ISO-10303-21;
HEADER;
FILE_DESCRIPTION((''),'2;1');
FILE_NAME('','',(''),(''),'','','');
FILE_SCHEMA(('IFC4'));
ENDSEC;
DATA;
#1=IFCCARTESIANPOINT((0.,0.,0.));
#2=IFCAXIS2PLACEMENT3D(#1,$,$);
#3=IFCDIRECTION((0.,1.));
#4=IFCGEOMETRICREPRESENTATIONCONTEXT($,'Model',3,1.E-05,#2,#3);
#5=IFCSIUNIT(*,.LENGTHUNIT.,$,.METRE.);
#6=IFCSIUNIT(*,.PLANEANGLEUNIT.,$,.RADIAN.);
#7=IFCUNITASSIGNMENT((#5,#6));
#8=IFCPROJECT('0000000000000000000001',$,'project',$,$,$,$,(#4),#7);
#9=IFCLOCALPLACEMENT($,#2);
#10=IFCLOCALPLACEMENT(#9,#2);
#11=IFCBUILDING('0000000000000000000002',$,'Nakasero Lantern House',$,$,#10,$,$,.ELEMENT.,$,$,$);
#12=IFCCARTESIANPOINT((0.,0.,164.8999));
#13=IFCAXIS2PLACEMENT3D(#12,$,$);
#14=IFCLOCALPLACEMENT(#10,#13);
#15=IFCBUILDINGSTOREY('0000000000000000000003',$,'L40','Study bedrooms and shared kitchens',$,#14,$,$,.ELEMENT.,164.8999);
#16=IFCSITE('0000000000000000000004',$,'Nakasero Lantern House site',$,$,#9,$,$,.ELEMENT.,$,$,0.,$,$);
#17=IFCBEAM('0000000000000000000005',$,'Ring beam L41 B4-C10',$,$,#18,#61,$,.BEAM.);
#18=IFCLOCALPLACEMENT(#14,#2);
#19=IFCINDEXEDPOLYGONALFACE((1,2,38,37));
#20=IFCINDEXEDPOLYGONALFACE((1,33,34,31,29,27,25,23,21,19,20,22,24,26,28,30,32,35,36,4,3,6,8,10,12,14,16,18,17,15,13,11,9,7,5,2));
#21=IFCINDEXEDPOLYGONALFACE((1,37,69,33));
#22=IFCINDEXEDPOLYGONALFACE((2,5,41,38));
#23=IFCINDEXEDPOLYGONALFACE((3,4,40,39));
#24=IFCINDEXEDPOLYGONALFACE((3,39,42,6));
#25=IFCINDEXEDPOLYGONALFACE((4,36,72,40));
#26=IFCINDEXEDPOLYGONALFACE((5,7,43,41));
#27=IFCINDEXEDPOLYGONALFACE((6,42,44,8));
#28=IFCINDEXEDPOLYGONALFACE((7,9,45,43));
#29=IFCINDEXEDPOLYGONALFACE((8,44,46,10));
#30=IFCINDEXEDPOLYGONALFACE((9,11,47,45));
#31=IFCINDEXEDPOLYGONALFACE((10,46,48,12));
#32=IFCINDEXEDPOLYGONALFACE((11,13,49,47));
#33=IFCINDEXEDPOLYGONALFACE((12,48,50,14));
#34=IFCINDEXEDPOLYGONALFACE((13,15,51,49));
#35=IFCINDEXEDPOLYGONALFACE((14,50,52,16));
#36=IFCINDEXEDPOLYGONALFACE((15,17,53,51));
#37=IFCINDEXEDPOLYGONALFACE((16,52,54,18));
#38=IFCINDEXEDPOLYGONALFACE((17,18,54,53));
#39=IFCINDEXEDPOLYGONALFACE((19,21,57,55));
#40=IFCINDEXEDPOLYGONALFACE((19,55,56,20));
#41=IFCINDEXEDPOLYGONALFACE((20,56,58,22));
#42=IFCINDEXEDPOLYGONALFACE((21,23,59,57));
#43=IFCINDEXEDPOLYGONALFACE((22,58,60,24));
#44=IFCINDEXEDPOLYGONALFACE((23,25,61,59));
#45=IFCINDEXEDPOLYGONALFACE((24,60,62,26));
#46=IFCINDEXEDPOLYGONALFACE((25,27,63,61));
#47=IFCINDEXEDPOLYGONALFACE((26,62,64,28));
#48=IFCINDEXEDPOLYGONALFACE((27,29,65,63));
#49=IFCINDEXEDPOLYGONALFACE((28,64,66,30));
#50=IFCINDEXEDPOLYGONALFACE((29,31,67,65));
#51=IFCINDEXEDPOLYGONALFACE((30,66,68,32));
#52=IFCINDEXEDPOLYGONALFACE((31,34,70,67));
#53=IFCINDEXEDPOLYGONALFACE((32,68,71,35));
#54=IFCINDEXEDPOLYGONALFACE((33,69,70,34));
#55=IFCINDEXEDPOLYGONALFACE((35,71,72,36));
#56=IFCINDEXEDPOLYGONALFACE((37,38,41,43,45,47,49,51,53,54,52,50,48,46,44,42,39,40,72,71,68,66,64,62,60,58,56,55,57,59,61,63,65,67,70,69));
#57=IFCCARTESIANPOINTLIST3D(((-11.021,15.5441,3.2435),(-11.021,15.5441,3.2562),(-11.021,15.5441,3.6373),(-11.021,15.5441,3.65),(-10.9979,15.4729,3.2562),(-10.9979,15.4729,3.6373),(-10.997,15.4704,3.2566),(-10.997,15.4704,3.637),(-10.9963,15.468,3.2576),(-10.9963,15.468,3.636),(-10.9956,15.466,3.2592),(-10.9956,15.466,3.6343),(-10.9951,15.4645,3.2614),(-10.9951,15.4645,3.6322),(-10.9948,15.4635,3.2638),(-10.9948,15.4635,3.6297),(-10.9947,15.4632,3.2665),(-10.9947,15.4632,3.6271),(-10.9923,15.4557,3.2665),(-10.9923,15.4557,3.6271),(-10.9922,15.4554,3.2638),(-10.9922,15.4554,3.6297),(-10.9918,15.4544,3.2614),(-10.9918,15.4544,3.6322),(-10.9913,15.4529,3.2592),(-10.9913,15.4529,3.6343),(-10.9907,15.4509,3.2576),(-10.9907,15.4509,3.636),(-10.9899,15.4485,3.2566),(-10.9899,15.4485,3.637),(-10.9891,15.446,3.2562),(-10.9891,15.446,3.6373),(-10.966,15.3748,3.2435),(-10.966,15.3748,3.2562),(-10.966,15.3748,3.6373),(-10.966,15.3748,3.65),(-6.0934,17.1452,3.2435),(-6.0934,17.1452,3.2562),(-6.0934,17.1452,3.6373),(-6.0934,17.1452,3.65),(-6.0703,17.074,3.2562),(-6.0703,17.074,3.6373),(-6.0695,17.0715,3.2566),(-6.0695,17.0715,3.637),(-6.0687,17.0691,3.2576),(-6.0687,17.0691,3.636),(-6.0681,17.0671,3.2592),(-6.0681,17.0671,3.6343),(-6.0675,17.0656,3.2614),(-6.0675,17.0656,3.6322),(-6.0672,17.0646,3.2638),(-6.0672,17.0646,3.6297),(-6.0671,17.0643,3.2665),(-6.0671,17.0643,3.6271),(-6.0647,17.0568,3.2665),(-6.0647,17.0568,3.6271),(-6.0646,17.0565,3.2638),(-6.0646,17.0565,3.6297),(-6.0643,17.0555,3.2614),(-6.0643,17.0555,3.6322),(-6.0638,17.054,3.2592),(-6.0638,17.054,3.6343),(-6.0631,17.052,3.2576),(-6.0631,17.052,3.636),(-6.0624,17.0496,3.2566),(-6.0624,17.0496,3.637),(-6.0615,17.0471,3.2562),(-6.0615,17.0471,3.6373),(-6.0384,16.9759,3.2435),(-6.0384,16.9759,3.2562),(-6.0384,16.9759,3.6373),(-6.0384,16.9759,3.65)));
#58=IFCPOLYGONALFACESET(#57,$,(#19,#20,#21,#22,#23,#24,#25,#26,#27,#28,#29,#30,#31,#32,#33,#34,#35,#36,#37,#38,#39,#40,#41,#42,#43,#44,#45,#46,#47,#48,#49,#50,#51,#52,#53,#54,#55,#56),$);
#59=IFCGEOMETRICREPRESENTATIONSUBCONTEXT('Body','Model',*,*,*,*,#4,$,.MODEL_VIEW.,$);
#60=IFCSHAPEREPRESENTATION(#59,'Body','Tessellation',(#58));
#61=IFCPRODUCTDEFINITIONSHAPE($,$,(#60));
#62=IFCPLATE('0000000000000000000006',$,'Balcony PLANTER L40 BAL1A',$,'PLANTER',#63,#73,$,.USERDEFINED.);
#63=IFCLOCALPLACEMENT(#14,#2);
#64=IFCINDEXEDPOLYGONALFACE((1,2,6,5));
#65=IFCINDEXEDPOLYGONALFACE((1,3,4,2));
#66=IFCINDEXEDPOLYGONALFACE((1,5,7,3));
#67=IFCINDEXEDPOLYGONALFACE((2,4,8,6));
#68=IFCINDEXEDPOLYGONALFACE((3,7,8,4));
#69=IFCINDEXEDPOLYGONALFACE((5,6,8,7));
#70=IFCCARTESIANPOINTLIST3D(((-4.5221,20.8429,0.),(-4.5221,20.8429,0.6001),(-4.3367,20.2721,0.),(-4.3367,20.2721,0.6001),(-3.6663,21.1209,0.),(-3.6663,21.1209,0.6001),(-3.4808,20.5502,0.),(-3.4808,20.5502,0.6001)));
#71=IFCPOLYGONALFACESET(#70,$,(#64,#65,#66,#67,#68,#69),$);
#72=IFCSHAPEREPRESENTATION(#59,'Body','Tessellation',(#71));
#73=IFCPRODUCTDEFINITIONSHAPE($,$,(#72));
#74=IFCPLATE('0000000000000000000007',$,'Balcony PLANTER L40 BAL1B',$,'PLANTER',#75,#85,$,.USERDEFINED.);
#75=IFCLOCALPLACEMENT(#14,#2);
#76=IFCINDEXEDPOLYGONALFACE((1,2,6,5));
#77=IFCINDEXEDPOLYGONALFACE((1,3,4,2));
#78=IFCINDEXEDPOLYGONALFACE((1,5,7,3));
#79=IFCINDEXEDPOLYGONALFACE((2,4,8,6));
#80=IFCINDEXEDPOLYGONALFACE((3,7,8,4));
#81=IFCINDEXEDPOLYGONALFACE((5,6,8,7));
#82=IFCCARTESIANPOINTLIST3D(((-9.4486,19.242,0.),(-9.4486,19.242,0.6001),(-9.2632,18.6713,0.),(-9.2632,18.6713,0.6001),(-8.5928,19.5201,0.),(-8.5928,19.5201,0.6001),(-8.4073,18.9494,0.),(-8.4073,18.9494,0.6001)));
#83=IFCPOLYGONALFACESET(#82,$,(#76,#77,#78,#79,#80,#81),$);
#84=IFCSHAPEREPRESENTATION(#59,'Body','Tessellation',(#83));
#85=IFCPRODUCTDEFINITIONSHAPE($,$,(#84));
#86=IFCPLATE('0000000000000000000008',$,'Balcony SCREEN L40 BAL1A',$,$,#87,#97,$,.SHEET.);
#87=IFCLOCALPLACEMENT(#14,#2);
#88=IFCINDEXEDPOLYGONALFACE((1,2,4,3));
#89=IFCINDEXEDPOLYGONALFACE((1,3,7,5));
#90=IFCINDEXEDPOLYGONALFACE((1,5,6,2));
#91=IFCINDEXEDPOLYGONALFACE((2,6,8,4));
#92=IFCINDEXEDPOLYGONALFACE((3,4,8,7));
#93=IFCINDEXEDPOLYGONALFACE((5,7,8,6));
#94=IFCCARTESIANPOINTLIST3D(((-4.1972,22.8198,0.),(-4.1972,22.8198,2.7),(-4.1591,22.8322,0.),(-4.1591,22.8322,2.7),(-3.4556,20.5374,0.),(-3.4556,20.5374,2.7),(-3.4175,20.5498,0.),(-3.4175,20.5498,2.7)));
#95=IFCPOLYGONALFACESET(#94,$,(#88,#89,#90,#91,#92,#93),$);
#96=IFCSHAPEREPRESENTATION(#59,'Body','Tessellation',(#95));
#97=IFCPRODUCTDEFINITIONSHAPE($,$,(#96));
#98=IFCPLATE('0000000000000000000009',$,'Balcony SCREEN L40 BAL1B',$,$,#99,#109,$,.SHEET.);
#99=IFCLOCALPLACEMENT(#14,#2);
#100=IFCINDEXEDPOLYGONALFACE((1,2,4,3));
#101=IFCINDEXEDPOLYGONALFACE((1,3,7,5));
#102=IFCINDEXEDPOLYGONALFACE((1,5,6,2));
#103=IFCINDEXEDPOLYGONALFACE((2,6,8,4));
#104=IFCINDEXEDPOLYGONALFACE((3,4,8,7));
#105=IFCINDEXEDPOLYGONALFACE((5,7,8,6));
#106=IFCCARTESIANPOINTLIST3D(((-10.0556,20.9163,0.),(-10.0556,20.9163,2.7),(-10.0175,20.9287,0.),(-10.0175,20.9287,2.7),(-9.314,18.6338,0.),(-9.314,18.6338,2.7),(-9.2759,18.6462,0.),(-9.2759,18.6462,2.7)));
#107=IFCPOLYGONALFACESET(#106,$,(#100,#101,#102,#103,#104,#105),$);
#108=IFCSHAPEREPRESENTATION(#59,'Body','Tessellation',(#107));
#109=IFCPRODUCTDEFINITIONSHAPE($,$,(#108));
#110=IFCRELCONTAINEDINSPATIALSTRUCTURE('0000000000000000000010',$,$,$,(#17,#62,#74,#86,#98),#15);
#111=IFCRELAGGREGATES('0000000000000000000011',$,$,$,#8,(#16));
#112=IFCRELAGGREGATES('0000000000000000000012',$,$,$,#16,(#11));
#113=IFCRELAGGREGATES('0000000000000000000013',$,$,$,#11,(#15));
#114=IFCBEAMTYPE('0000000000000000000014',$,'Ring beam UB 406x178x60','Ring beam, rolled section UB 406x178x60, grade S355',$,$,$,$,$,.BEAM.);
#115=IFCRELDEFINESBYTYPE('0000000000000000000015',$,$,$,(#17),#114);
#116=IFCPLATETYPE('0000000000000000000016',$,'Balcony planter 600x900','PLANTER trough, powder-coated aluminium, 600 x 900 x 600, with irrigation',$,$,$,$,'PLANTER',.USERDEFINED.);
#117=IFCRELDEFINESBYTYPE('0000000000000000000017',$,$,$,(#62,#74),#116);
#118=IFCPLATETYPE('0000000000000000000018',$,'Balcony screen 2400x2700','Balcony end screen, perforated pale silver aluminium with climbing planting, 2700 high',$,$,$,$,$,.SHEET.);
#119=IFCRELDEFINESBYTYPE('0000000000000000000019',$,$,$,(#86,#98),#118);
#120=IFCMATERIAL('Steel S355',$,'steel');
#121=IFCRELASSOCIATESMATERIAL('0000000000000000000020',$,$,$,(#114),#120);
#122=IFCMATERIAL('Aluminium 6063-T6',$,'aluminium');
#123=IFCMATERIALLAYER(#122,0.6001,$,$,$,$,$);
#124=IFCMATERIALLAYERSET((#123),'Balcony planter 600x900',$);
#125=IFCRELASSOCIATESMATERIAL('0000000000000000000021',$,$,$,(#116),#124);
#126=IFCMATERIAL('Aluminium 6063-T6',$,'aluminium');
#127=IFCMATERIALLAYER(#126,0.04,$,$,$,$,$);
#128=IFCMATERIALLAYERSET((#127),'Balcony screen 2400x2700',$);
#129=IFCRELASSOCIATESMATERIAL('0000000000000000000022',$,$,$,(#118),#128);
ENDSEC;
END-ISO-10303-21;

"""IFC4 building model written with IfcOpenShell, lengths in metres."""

from ifc_helpers import new_model, si_unit, direction, frame, origin, origin_2d, place, context, subcontext, project, spatial, rectangle, i_section, extrude, material, layer, layer_set, material_profile, profile_set, type_object, element, save


model = new_model("IFC4")

# Units and contexts
model_context = context("Model", 3, precision=1e-05, world=origin(), true_north=direction((0.0, 1.0)))
body_context = subcontext(model_context, "Body", "Model", "MODEL_VIEW")
ifc_project = project(units=[si_unit("LENGTHUNIT", "METRE"), si_unit("PLANEANGLEUNIT", "RADIAN")], contexts=[model_context])

# Site, building, storey
site_placement = place(None, origin())
site = spatial("IfcSite", under=ifc_project, at=site_placement, Name="Nakasero Lantern House site", CompositionType="ELEMENT", RefElevation=0.0)
building_placement = place(site_placement, origin())
building = spatial("IfcBuilding", under=site, at=building_placement, Name="Nakasero Lantern House", CompositionType="ELEMENT")
storey_placement = place(building_placement, frame((0.0, 0.0, 164.8999)))
storey = spatial("IfcBuildingStorey", under=building, at=storey_placement, Name="L40", Description="Study bedrooms and shared kitchens", CompositionType="ELEMENT", Elevation=164.8999)

# Beam
ifc_material_1 = material(Name="Steel S355", Category="steel")
ifc_material_profile_1 = material_profile(ifc_material_1, i_section(OverallWidth=0.178, OverallDepth=0.4065, WebThickness=0.0078, FlangeThickness=0.0127, FilletRadius=0.0103, at=origin_2d()), Name="UB 406x178x60")
ifc_profile_set_1 = profile_set([ifc_material_profile_1], Name="Steel S355")
beam_type_1 = type_object("IfcBeamType", Name="Ring beam UB 406x178x60", Description="Ring beam, rolled section UB 406x178x60, grade S355", PredefinedType="BEAM", material=ifc_profile_set_1)
beam_1_placement = place(storey_placement, frame((-6.0659, 17.0605, 3.4468), z_axis=(-0.951054, -0.309023, 0.0), x_axis=(0.309023, -0.951054, 0.0)))
element("IfcBeam", 1, at=beam_1_placement, inside=storey, type_object=beam_type_1, Name="Ring beam L41 B4-C10", PredefinedType="BEAM", context=body_context, shape_type="SweptSolid", body=[
    extrude(i_section(OverallWidth=0.178, OverallDepth=0.4065, WebThickness=0.0078, FlangeThickness=0.0127, FilletRadius=0.0103, at=origin_2d()), origin(), (0.0, 0.0, 1.0), 5.1812),
])

# Plates
ifc_material_2 = material(Name="Aluminium 6063-T6", Category="aluminium")
ifc_layer_1 = layer(ifc_material_2, 0.6001)
ifc_layer_set_1 = layer_set([ifc_layer_1], Name="Balcony planter 600x900")
plate_type_1 = type_object("IfcPlateType", Name="Balcony planter 600x900", Description="PLANTER trough, powder-coated aluminium, 600 x 900 x 600, with irrigation", ElementType="PLANTER", PredefinedType="USERDEFINED", material=ifc_layer_set_1)
for number, where, z_axis, x_axis, name in (
    (2, (-4.0015, 20.6965, 0.0), (0.0, 0.0, 1.0), (-0.309017, 0.951057, 0.0), "Balcony PLANTER L40 BAL1A"),
    (3, (-8.928, 19.0957, 0.0), (0.0, 0.0, 1.0), (-0.309017, 0.951057, 0.0), "Balcony PLANTER L40 BAL1B"),
):
    element("IfcPlate", number, at=place(storey_placement, frame(where, z_axis=z_axis, x_axis=x_axis)), inside=storey, type_object=plate_type_1, Name=name, ObjectType="PLANTER", PredefinedType="USERDEFINED", context=body_context, shape_type="SweptSolid", body=[
        extrude(rectangle(XDim=0.6001, YDim=0.8999, at=origin_2d()), origin(), (0.0, 0.0, 1.0), 0.6001),
    ])
ifc_material_3 = material(Name="Aluminium 6063-T6", Category="aluminium")
ifc_layer_2 = layer(ifc_material_3, 0.04)
ifc_layer_set_2 = layer_set([ifc_layer_2], Name="Balcony screen 2400x2700")
plate_type_2 = type_object("IfcPlateType", Name="Balcony screen 2400x2700", Description="Balcony end screen, perforated pale silver aluminium with climbing planting, 2700 high", PredefinedType="SHEET", material=ifc_layer_set_2)
for number, where, z_axis, x_axis, name in (
    (4, (-3.8074, 21.6848, 0.0), (0.0, 0.0, 1.0), (-0.309017, 0.951057, 0.0), "Balcony SCREEN L40 BAL1A"),
    (5, (-9.6658, 19.7812, 0.0), (0.0, 0.0, 1.0), (-0.309017, 0.951057, 0.0), "Balcony SCREEN L40 BAL1B"),
):
    element("IfcPlate", number, at=place(storey_placement, frame(where, z_axis=z_axis, x_axis=x_axis)), inside=storey, type_object=plate_type_2, Name=name, PredefinedType="SHEET", context=body_context, shape_type="SweptSolid", body=[
        extrude(rectangle(XDim=2.3999, YDim=0.04, at=origin_2d()), origin(), (0.0, 0.0, 1.0), 2.7),
    ])

save(model, "model.ifc")
